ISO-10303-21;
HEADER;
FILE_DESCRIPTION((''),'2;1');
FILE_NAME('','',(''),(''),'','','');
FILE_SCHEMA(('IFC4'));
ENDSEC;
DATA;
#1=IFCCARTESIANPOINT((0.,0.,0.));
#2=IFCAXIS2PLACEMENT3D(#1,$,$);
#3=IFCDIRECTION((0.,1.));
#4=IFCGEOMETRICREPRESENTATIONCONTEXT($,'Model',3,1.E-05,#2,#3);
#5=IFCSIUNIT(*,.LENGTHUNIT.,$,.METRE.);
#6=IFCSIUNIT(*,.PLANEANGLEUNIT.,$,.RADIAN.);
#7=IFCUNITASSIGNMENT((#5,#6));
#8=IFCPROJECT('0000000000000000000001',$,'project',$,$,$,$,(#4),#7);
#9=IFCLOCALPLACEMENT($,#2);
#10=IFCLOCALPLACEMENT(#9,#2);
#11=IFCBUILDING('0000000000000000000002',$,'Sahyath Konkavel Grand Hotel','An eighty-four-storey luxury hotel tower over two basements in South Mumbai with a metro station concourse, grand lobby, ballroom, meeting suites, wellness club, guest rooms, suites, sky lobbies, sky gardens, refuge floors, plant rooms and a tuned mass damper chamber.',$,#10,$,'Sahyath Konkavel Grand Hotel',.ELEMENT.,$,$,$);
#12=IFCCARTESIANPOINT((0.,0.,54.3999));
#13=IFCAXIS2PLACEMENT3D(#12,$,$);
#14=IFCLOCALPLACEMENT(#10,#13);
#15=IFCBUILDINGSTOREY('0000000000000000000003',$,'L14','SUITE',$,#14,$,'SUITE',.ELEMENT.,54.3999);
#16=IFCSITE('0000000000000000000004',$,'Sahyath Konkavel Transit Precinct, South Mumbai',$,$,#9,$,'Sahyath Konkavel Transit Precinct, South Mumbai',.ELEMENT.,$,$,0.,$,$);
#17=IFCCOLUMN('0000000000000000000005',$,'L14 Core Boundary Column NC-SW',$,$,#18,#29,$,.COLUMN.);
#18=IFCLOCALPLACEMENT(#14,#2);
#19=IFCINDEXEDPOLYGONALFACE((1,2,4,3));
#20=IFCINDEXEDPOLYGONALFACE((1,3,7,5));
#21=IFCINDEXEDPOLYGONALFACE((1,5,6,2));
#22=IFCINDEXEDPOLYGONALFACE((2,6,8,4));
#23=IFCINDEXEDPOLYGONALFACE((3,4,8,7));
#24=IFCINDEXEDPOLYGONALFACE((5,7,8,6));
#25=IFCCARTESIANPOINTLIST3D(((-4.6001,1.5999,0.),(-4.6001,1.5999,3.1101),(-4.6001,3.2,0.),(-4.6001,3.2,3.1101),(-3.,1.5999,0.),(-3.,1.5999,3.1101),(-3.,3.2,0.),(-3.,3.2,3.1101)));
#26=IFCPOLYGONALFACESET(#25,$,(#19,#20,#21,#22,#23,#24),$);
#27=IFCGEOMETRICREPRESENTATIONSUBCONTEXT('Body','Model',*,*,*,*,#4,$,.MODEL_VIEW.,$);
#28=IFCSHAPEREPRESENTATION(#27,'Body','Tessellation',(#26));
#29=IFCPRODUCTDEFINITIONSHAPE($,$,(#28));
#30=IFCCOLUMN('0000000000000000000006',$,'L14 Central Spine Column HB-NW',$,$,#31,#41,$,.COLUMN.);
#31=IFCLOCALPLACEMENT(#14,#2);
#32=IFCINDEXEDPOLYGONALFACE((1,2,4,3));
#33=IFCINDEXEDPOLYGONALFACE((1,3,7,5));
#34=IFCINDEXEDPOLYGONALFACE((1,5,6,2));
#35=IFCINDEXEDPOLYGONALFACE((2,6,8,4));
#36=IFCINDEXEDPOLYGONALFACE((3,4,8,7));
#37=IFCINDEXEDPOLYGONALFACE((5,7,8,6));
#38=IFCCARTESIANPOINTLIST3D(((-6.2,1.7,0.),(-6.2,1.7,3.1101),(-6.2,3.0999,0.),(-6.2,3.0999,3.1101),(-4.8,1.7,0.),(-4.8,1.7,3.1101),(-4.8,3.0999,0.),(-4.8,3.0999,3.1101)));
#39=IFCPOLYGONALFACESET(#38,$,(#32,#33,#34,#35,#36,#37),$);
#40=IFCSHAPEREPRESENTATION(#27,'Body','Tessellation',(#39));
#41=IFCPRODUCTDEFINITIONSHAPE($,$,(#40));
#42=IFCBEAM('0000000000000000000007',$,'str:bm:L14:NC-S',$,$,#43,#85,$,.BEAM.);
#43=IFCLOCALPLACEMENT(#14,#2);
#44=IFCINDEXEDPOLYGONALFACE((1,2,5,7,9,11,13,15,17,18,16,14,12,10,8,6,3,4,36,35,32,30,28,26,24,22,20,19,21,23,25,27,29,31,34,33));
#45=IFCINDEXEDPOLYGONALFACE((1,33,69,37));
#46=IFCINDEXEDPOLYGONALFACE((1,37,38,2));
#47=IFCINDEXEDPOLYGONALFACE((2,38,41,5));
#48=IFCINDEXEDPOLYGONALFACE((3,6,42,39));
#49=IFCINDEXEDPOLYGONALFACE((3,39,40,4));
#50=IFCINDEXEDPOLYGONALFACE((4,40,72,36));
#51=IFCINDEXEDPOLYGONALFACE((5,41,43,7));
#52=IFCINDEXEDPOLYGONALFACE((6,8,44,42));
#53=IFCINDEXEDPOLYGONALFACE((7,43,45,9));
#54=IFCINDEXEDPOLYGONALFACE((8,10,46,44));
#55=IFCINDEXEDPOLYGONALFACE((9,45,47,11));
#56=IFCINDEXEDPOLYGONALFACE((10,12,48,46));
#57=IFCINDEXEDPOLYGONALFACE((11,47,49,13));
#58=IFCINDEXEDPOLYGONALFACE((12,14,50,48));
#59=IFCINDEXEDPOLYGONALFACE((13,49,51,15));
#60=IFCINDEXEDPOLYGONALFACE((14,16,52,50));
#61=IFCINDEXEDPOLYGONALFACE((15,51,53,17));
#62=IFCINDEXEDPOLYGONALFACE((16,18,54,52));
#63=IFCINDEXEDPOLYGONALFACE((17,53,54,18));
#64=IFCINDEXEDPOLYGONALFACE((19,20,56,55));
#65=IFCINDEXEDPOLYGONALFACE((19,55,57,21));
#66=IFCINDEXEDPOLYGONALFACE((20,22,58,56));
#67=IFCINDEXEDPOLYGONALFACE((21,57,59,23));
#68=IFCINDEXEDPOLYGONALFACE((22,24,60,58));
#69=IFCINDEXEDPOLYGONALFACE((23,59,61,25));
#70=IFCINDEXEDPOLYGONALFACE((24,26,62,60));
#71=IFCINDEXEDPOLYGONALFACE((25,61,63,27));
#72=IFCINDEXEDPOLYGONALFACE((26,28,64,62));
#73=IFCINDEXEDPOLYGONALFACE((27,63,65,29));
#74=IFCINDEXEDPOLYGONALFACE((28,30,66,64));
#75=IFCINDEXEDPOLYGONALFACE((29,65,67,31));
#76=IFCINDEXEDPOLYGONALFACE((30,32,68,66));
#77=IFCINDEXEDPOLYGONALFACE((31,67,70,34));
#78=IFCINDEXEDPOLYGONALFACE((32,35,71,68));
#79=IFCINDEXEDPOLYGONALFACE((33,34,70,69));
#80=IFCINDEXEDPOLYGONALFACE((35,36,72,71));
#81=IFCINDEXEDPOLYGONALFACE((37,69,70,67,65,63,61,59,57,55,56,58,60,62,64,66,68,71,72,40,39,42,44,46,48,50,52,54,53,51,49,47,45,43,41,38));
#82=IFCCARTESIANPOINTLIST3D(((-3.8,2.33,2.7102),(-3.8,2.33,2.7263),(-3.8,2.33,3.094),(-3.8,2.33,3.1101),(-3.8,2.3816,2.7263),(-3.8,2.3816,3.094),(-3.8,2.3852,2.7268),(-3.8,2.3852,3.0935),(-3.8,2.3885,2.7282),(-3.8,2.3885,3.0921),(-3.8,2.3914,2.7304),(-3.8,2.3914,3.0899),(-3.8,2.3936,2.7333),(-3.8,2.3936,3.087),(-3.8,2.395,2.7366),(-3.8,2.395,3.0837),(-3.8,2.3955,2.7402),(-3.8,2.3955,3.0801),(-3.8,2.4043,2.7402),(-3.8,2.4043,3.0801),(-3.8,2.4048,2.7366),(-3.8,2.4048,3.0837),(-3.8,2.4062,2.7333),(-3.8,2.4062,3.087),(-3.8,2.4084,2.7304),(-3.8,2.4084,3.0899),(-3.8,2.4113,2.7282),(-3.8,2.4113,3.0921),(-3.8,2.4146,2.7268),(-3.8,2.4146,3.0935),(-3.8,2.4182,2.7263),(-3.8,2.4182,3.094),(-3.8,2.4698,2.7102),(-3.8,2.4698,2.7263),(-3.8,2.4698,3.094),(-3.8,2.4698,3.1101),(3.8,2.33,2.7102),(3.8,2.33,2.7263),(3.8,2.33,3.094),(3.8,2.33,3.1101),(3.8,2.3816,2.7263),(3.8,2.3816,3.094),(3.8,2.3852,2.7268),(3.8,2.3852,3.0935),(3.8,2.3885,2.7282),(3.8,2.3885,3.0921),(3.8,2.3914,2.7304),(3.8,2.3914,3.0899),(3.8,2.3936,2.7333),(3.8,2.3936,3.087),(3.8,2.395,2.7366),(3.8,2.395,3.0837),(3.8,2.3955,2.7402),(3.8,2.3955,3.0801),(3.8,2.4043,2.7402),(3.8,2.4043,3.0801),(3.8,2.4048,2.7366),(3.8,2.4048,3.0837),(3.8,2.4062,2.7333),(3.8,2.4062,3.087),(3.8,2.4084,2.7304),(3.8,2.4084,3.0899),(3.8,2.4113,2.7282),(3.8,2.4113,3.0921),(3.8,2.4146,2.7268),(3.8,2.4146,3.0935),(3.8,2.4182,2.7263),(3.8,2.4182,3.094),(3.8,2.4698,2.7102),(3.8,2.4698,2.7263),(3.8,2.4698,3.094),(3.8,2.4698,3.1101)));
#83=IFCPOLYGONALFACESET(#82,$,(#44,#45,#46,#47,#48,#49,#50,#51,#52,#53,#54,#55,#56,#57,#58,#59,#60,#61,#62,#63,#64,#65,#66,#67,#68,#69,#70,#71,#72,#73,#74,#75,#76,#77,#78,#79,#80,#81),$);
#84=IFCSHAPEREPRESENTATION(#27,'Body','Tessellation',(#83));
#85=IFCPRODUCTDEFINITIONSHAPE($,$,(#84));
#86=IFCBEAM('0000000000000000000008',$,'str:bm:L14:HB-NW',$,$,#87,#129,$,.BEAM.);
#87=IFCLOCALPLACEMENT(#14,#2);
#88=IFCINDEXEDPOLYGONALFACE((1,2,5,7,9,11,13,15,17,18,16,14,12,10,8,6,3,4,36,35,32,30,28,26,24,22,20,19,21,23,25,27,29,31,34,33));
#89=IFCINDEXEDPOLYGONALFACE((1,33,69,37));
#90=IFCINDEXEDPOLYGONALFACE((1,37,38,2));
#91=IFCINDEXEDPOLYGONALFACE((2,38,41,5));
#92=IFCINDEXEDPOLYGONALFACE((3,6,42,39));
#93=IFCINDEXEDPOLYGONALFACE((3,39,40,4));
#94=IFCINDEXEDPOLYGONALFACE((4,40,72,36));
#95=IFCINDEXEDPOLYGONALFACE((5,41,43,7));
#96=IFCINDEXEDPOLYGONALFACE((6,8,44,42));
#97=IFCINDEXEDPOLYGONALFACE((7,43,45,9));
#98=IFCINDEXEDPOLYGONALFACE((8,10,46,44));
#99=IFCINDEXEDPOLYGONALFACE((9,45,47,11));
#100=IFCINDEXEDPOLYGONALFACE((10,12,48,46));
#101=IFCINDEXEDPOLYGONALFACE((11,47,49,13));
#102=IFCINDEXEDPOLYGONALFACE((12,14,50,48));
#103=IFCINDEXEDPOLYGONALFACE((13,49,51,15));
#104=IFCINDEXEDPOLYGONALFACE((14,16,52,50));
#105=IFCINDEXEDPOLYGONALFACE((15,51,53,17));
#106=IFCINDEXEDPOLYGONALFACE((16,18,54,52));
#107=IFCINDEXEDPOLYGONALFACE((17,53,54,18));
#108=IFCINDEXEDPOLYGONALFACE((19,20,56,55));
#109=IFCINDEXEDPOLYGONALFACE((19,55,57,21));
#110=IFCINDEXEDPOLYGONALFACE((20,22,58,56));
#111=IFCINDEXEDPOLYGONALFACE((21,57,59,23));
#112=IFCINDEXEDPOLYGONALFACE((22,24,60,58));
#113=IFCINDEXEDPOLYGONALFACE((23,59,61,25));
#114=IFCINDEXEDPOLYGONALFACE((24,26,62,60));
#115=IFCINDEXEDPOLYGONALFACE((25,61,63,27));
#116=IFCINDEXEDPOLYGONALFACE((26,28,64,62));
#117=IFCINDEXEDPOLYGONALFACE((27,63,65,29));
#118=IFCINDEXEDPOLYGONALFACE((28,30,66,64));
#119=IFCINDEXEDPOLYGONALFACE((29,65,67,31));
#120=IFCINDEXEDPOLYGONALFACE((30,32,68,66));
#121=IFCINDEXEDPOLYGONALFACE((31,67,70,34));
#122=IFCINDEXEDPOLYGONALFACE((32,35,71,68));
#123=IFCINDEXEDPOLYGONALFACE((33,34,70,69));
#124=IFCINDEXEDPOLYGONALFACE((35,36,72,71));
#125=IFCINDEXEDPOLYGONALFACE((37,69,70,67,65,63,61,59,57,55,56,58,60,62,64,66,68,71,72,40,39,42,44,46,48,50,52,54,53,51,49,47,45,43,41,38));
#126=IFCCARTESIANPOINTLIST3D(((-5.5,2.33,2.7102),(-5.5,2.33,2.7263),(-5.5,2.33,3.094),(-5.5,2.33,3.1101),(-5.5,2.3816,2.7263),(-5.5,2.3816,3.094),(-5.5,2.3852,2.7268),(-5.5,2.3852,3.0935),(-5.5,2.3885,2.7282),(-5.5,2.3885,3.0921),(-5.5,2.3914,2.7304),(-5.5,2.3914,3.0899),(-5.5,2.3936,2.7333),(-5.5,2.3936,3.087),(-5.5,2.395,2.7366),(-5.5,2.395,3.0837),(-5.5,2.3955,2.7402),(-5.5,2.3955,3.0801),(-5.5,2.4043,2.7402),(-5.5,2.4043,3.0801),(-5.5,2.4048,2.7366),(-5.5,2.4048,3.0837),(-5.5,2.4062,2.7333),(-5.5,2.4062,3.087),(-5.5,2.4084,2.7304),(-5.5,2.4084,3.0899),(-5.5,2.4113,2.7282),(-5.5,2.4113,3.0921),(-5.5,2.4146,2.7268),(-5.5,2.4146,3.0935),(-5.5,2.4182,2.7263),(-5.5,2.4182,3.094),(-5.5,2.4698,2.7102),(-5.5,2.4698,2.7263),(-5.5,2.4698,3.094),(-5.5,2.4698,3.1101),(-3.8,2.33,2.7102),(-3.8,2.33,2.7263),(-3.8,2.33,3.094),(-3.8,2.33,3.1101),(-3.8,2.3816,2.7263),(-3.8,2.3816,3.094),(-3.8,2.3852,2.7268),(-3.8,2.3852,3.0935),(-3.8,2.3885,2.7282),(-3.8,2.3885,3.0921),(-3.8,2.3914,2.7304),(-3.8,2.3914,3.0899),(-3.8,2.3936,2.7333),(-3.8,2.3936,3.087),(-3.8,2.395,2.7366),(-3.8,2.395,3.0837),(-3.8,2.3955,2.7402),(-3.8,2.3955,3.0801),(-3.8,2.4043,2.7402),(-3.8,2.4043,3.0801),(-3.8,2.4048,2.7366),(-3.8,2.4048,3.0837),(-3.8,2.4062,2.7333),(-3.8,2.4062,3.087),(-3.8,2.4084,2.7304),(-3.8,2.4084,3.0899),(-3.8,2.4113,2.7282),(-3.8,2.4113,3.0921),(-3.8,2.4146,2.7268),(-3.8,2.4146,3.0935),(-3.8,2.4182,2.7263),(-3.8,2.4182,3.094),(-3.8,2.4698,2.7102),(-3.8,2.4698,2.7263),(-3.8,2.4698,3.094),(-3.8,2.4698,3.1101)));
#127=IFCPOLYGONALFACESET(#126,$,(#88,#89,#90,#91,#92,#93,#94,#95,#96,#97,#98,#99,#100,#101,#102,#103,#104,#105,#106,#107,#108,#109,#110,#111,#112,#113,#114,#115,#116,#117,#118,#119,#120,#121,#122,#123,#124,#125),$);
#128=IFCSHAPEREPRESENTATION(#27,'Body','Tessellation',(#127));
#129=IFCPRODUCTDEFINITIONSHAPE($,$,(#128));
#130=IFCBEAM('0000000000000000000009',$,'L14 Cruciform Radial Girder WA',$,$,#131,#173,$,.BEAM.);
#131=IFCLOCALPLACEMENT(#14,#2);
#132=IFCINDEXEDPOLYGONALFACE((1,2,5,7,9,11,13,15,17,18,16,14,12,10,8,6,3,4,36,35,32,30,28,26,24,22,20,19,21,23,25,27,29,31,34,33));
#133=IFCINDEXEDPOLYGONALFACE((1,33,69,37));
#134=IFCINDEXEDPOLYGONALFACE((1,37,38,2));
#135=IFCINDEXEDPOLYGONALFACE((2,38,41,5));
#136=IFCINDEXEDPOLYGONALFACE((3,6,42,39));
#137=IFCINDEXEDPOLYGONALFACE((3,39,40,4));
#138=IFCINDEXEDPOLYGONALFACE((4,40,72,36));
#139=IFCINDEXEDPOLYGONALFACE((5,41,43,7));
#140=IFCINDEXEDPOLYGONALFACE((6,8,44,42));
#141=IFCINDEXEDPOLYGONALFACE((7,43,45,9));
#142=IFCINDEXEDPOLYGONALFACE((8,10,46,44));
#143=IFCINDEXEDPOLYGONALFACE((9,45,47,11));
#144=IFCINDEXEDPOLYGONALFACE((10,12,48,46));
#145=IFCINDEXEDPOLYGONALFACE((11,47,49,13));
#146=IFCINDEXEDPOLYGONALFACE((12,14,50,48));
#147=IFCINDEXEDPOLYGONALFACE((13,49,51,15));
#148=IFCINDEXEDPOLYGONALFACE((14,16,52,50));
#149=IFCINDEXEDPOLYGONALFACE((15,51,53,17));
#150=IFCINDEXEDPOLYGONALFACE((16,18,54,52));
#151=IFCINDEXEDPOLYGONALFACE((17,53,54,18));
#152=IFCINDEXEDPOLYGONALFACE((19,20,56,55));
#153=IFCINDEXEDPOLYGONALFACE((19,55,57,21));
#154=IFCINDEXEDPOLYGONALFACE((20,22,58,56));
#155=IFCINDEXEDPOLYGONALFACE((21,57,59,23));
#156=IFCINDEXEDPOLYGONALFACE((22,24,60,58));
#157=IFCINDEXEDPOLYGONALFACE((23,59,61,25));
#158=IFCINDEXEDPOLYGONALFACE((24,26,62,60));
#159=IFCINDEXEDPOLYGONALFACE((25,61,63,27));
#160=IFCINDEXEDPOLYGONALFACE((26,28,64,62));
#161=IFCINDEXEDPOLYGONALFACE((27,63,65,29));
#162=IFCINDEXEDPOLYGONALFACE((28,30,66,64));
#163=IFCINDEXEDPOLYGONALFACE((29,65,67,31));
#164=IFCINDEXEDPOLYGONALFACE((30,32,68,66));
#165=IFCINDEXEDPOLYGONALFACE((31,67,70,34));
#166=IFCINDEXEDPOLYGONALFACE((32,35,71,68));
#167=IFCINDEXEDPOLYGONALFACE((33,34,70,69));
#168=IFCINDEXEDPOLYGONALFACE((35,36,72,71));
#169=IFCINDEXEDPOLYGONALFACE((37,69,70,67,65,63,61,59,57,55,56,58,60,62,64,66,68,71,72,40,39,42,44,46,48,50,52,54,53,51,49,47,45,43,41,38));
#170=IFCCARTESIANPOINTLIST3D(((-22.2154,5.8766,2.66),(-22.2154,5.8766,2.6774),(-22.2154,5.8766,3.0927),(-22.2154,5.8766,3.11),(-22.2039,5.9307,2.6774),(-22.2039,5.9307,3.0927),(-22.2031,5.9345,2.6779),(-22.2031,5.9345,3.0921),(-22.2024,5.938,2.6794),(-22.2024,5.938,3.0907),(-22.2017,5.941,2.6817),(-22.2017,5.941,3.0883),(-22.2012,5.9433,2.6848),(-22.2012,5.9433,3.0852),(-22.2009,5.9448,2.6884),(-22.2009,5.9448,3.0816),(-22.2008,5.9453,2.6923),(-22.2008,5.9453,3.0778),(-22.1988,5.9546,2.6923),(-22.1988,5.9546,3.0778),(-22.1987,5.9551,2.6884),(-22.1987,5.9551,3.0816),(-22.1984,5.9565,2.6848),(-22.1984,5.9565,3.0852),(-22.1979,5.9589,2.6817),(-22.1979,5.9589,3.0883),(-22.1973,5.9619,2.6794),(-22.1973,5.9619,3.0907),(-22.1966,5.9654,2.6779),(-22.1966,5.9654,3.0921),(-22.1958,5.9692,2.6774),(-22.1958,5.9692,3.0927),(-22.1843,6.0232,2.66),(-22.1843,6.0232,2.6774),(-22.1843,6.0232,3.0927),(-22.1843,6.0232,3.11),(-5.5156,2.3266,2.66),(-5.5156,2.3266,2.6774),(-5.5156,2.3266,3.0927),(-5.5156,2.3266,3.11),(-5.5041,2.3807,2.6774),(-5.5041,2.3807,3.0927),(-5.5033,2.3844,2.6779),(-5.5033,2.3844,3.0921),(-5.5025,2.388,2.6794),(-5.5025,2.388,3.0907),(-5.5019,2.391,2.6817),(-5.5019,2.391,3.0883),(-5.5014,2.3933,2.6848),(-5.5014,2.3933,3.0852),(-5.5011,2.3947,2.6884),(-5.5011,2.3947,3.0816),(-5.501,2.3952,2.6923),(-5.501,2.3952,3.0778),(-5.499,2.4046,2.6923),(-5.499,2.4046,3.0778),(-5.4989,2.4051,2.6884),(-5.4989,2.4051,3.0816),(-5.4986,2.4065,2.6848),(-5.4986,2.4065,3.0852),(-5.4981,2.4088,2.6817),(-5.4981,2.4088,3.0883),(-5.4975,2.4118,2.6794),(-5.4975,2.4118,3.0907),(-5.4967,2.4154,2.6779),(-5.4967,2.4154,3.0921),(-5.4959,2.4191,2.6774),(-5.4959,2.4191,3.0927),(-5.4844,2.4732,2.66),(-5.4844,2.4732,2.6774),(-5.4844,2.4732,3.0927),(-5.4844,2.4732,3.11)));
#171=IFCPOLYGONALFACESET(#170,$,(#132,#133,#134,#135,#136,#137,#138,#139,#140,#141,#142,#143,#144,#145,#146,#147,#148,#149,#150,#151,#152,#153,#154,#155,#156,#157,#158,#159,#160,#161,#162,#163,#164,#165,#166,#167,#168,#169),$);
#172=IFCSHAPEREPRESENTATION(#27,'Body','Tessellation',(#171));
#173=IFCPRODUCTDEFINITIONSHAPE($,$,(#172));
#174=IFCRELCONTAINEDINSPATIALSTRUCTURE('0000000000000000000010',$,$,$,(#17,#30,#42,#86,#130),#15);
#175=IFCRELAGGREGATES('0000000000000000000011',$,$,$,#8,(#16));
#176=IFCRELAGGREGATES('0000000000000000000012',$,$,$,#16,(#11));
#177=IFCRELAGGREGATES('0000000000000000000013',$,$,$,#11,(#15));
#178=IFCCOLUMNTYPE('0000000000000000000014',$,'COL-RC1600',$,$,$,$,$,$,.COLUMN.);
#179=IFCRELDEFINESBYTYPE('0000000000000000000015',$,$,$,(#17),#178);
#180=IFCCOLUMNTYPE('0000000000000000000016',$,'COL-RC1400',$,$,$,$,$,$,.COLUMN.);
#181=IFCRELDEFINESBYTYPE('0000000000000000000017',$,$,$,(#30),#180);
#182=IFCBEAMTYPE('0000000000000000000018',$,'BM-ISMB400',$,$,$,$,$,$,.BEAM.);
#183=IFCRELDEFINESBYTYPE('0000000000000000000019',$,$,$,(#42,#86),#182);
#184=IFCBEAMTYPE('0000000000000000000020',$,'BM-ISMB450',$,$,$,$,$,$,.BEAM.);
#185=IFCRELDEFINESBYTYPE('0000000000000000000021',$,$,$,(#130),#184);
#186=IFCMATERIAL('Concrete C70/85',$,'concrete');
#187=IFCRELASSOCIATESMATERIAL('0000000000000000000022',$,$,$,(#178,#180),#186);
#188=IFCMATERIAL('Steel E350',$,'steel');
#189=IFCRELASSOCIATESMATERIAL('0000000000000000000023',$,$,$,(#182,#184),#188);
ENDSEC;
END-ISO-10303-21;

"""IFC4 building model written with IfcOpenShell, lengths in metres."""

from ifc_helpers import new_model, si_unit, direction, frame, origin, origin_2d, place, context, subcontext, project, spatial, rectangle, i_section, extrude, source, transform, mapped, material, material_profile, profile_set, type_object, element, save


model = new_model("IFC4")

# Units and contexts
model_context = context("Model", 3, precision=1e-05, world=origin(), true_north=direction((0.0, 1.0)))
body_context = subcontext(model_context, "Body", "Model", "MODEL_VIEW")
ifc_project = project(units=[si_unit("LENGTHUNIT", "METRE"), si_unit("PLANEANGLEUNIT", "RADIAN")], contexts=[model_context])

# Site, building, storey
site_placement = place(None, origin())
site = spatial("IfcSite", under=ifc_project, at=site_placement, Name="Sahyath Konkavel Transit Precinct, South Mumbai", LongName="Sahyath Konkavel Transit Precinct, South Mumbai", CompositionType="ELEMENT", RefElevation=0.0)
building_placement = place(site_placement, origin())
building = spatial("IfcBuilding", under=site, at=building_placement, Name="Sahyath Konkavel Grand Hotel", Description="An eighty-four-storey luxury hotel tower over two basements in South Mumbai with a metro station concourse, grand lobby, ballroom, meeting suites, wellness club, guest rooms, suites, sky lobbies, sky gardens, refuge floors, plant rooms and a tuned mass damper chamber.", LongName="Sahyath Konkavel Grand Hotel", CompositionType="ELEMENT")
storey_placement = place(building_placement, frame((0.0, 0.0, 54.3999)))
storey = spatial("IfcBuildingStorey", under=building, at=storey_placement, Name="L14", Description="SUITE", LongName="SUITE", CompositionType="ELEMENT", Elevation=54.3999)

# Columns
ifc_material_1 = material(Name="Concrete C70/85", Category="concrete")
ifc_material_profile_1 = material_profile(ifc_material_1, rectangle(XDim=1.6001, YDim=1.6001, at=origin_2d()), Name="RC 1600x1600")
ifc_profile_set_1 = profile_set([ifc_material_profile_1], Name="Concrete C70/85")
column_type_1 = type_object("IfcColumnType", Name="COL-RC1600", PredefinedType="COLUMN", material=ifc_profile_set_1)
shared_shape_1 = source(origin(), body_context, "Body", "SweptSolid", [
    extrude(rectangle(XDim=1.6001, YDim=1.6001, at=origin_2d()), origin(), (0.0, 0.0, 1.0), 3.1101),
])
column_1_placement = place(storey_placement, frame((-3.8, 2.3999, 0.0), z_axis=(0.0, 0.0, 1.0), x_axis=(1.0, 0.0, 0.0)))
element("IfcColumn", 1, at=column_1_placement, inside=storey, type_object=column_type_1, Name="L14 Core Boundary Column NC-SW", PredefinedType="COLUMN", context=body_context, shape_type="MappedRepresentation", body=[
    mapped(shared_shape_1, transform((0.0, 0.0, 0.0), scale=1.0)),
])
ifc_material_profile_2 = material_profile(ifc_material_1, rectangle(XDim=1.3999, YDim=1.3999, at=origin_2d()), Name="RC 1400x1400")
ifc_profile_set_2 = profile_set([ifc_material_profile_2], Name="Concrete C70/85")
column_type_2 = type_object("IfcColumnType", Name="COL-RC1400", PredefinedType="COLUMN", material=ifc_profile_set_2)
shared_shape_2 = source(origin(), body_context, "Body", "SweptSolid", [
    extrude(rectangle(XDim=1.3999, YDim=1.3999, at=origin_2d()), origin(), (0.0, 0.0, 1.0), 3.1101),
])
column_2_placement = place(storey_placement, frame((-5.5, 2.3999, 0.0), z_axis=(0.0, 0.0, 1.0), x_axis=(1.0, 0.0, 0.0)))
element("IfcColumn", 2, at=column_2_placement, inside=storey, type_object=column_type_2, Name="L14 Central Spine Column HB-NW", PredefinedType="COLUMN", context=body_context, shape_type="MappedRepresentation", body=[
    mapped(shared_shape_2, transform((0.0, 0.0, 0.0), scale=1.0)),
])

# Beams
ifc_material_2 = material(Name="Steel E350", Category="steel")
ifc_material_profile_3 = material_profile(ifc_material_2, i_section(OverallWidth=0.1399, OverallDepth=0.3999, WebThickness=0.0088, FlangeThickness=0.0161, FilletRadius=0.0139, at=origin_2d()), Name="ISMB 400")
ifc_profile_set_3 = profile_set([ifc_material_profile_3], Name="Steel E350")
beam_type_1 = type_object("IfcBeamType", Name="BM-ISMB400", PredefinedType="BEAM", material=ifc_profile_set_3)
shared_shape_3 = source(origin(), body_context, "Body", "SweptSolid", [
    extrude(i_section(OverallWidth=0.1399, OverallDepth=0.3999, WebThickness=0.0088, FlangeThickness=0.0161, FilletRadius=0.0139, at=origin_2d()), origin(), (0.0, 0.0, 1.0), 7.6001),
])
beam_1_placement = place(storey_placement, frame((-3.8, 2.3999, 2.9102), z_axis=(1.0, 0.0, 0.0), x_axis=(0.0, 1.0, 0.0)))
element("IfcBeam", 3, at=beam_1_placement, inside=storey, type_object=beam_type_1, Name="str:bm:L14:NC-S", PredefinedType="BEAM", context=body_context, shape_type="MappedRepresentation", body=[
    mapped(shared_shape_3, transform((0.0, 0.0, 0.0), scale=1.0)),
])
shared_shape_4 = source(origin(), body_context, "Body", "SweptSolid", [
    extrude(i_section(OverallWidth=0.1399, OverallDepth=0.3999, WebThickness=0.0088, FlangeThickness=0.0161, FilletRadius=0.0139, at=origin_2d()), origin(), (0.0, 0.0, 1.0), 1.7),
])
beam_2_placement = place(storey_placement, frame((-5.5, 2.3999, 2.9102), z_axis=(1.0, 0.0, 0.0), x_axis=(0.0, 1.0, 0.0)))
element("IfcBeam", 4, at=beam_2_placement, inside=storey, type_object=beam_type_1, Name="str:bm:L14:HB-NW", PredefinedType="BEAM", context=body_context, shape_type="MappedRepresentation", body=[
    mapped(shared_shape_4, transform((0.0, 0.0, 0.0), scale=1.0)),
])
ifc_material_profile_4 = material_profile(ifc_material_2, i_section(OverallWidth=0.1499, OverallDepth=0.45, WebThickness=0.0095, FlangeThickness=0.0173, FilletRadius=0.0149, at=origin_2d()), Name="ISMB 450")
ifc_profile_set_4 = profile_set([ifc_material_profile_4], Name="Steel E350")
beam_type_2 = type_object("IfcBeamType", Name="BM-ISMB450", PredefinedType="BEAM", material=ifc_profile_set_4)
shared_shape_5 = source(origin(), body_context, "Body", "SweptSolid", [
    extrude(i_section(OverallWidth=0.1499, OverallDepth=0.45, WebThickness=0.0095, FlangeThickness=0.0173, FilletRadius=0.0149, at=origin_2d()), origin(), (0.0, 0.0, 1.0), 17.073),
])
beam_3_placement = place(storey_placement, frame((-5.5, 2.3999, 2.885), z_axis=(-0.978143, 0.207932, 0.0), x_axis=(-0.207932, -0.978143, 0.0)))
element("IfcBeam", 5, at=beam_3_placement, inside=storey, type_object=beam_type_2, Name="L14 Cruciform Radial Girder WA", PredefinedType="BEAM", context=body_context, shape_type="MappedRepresentation", body=[
    mapped(shared_shape_5, transform((0.0, 0.0, 0.0), scale=1.0)),
])

save(model, "model.ifc")
